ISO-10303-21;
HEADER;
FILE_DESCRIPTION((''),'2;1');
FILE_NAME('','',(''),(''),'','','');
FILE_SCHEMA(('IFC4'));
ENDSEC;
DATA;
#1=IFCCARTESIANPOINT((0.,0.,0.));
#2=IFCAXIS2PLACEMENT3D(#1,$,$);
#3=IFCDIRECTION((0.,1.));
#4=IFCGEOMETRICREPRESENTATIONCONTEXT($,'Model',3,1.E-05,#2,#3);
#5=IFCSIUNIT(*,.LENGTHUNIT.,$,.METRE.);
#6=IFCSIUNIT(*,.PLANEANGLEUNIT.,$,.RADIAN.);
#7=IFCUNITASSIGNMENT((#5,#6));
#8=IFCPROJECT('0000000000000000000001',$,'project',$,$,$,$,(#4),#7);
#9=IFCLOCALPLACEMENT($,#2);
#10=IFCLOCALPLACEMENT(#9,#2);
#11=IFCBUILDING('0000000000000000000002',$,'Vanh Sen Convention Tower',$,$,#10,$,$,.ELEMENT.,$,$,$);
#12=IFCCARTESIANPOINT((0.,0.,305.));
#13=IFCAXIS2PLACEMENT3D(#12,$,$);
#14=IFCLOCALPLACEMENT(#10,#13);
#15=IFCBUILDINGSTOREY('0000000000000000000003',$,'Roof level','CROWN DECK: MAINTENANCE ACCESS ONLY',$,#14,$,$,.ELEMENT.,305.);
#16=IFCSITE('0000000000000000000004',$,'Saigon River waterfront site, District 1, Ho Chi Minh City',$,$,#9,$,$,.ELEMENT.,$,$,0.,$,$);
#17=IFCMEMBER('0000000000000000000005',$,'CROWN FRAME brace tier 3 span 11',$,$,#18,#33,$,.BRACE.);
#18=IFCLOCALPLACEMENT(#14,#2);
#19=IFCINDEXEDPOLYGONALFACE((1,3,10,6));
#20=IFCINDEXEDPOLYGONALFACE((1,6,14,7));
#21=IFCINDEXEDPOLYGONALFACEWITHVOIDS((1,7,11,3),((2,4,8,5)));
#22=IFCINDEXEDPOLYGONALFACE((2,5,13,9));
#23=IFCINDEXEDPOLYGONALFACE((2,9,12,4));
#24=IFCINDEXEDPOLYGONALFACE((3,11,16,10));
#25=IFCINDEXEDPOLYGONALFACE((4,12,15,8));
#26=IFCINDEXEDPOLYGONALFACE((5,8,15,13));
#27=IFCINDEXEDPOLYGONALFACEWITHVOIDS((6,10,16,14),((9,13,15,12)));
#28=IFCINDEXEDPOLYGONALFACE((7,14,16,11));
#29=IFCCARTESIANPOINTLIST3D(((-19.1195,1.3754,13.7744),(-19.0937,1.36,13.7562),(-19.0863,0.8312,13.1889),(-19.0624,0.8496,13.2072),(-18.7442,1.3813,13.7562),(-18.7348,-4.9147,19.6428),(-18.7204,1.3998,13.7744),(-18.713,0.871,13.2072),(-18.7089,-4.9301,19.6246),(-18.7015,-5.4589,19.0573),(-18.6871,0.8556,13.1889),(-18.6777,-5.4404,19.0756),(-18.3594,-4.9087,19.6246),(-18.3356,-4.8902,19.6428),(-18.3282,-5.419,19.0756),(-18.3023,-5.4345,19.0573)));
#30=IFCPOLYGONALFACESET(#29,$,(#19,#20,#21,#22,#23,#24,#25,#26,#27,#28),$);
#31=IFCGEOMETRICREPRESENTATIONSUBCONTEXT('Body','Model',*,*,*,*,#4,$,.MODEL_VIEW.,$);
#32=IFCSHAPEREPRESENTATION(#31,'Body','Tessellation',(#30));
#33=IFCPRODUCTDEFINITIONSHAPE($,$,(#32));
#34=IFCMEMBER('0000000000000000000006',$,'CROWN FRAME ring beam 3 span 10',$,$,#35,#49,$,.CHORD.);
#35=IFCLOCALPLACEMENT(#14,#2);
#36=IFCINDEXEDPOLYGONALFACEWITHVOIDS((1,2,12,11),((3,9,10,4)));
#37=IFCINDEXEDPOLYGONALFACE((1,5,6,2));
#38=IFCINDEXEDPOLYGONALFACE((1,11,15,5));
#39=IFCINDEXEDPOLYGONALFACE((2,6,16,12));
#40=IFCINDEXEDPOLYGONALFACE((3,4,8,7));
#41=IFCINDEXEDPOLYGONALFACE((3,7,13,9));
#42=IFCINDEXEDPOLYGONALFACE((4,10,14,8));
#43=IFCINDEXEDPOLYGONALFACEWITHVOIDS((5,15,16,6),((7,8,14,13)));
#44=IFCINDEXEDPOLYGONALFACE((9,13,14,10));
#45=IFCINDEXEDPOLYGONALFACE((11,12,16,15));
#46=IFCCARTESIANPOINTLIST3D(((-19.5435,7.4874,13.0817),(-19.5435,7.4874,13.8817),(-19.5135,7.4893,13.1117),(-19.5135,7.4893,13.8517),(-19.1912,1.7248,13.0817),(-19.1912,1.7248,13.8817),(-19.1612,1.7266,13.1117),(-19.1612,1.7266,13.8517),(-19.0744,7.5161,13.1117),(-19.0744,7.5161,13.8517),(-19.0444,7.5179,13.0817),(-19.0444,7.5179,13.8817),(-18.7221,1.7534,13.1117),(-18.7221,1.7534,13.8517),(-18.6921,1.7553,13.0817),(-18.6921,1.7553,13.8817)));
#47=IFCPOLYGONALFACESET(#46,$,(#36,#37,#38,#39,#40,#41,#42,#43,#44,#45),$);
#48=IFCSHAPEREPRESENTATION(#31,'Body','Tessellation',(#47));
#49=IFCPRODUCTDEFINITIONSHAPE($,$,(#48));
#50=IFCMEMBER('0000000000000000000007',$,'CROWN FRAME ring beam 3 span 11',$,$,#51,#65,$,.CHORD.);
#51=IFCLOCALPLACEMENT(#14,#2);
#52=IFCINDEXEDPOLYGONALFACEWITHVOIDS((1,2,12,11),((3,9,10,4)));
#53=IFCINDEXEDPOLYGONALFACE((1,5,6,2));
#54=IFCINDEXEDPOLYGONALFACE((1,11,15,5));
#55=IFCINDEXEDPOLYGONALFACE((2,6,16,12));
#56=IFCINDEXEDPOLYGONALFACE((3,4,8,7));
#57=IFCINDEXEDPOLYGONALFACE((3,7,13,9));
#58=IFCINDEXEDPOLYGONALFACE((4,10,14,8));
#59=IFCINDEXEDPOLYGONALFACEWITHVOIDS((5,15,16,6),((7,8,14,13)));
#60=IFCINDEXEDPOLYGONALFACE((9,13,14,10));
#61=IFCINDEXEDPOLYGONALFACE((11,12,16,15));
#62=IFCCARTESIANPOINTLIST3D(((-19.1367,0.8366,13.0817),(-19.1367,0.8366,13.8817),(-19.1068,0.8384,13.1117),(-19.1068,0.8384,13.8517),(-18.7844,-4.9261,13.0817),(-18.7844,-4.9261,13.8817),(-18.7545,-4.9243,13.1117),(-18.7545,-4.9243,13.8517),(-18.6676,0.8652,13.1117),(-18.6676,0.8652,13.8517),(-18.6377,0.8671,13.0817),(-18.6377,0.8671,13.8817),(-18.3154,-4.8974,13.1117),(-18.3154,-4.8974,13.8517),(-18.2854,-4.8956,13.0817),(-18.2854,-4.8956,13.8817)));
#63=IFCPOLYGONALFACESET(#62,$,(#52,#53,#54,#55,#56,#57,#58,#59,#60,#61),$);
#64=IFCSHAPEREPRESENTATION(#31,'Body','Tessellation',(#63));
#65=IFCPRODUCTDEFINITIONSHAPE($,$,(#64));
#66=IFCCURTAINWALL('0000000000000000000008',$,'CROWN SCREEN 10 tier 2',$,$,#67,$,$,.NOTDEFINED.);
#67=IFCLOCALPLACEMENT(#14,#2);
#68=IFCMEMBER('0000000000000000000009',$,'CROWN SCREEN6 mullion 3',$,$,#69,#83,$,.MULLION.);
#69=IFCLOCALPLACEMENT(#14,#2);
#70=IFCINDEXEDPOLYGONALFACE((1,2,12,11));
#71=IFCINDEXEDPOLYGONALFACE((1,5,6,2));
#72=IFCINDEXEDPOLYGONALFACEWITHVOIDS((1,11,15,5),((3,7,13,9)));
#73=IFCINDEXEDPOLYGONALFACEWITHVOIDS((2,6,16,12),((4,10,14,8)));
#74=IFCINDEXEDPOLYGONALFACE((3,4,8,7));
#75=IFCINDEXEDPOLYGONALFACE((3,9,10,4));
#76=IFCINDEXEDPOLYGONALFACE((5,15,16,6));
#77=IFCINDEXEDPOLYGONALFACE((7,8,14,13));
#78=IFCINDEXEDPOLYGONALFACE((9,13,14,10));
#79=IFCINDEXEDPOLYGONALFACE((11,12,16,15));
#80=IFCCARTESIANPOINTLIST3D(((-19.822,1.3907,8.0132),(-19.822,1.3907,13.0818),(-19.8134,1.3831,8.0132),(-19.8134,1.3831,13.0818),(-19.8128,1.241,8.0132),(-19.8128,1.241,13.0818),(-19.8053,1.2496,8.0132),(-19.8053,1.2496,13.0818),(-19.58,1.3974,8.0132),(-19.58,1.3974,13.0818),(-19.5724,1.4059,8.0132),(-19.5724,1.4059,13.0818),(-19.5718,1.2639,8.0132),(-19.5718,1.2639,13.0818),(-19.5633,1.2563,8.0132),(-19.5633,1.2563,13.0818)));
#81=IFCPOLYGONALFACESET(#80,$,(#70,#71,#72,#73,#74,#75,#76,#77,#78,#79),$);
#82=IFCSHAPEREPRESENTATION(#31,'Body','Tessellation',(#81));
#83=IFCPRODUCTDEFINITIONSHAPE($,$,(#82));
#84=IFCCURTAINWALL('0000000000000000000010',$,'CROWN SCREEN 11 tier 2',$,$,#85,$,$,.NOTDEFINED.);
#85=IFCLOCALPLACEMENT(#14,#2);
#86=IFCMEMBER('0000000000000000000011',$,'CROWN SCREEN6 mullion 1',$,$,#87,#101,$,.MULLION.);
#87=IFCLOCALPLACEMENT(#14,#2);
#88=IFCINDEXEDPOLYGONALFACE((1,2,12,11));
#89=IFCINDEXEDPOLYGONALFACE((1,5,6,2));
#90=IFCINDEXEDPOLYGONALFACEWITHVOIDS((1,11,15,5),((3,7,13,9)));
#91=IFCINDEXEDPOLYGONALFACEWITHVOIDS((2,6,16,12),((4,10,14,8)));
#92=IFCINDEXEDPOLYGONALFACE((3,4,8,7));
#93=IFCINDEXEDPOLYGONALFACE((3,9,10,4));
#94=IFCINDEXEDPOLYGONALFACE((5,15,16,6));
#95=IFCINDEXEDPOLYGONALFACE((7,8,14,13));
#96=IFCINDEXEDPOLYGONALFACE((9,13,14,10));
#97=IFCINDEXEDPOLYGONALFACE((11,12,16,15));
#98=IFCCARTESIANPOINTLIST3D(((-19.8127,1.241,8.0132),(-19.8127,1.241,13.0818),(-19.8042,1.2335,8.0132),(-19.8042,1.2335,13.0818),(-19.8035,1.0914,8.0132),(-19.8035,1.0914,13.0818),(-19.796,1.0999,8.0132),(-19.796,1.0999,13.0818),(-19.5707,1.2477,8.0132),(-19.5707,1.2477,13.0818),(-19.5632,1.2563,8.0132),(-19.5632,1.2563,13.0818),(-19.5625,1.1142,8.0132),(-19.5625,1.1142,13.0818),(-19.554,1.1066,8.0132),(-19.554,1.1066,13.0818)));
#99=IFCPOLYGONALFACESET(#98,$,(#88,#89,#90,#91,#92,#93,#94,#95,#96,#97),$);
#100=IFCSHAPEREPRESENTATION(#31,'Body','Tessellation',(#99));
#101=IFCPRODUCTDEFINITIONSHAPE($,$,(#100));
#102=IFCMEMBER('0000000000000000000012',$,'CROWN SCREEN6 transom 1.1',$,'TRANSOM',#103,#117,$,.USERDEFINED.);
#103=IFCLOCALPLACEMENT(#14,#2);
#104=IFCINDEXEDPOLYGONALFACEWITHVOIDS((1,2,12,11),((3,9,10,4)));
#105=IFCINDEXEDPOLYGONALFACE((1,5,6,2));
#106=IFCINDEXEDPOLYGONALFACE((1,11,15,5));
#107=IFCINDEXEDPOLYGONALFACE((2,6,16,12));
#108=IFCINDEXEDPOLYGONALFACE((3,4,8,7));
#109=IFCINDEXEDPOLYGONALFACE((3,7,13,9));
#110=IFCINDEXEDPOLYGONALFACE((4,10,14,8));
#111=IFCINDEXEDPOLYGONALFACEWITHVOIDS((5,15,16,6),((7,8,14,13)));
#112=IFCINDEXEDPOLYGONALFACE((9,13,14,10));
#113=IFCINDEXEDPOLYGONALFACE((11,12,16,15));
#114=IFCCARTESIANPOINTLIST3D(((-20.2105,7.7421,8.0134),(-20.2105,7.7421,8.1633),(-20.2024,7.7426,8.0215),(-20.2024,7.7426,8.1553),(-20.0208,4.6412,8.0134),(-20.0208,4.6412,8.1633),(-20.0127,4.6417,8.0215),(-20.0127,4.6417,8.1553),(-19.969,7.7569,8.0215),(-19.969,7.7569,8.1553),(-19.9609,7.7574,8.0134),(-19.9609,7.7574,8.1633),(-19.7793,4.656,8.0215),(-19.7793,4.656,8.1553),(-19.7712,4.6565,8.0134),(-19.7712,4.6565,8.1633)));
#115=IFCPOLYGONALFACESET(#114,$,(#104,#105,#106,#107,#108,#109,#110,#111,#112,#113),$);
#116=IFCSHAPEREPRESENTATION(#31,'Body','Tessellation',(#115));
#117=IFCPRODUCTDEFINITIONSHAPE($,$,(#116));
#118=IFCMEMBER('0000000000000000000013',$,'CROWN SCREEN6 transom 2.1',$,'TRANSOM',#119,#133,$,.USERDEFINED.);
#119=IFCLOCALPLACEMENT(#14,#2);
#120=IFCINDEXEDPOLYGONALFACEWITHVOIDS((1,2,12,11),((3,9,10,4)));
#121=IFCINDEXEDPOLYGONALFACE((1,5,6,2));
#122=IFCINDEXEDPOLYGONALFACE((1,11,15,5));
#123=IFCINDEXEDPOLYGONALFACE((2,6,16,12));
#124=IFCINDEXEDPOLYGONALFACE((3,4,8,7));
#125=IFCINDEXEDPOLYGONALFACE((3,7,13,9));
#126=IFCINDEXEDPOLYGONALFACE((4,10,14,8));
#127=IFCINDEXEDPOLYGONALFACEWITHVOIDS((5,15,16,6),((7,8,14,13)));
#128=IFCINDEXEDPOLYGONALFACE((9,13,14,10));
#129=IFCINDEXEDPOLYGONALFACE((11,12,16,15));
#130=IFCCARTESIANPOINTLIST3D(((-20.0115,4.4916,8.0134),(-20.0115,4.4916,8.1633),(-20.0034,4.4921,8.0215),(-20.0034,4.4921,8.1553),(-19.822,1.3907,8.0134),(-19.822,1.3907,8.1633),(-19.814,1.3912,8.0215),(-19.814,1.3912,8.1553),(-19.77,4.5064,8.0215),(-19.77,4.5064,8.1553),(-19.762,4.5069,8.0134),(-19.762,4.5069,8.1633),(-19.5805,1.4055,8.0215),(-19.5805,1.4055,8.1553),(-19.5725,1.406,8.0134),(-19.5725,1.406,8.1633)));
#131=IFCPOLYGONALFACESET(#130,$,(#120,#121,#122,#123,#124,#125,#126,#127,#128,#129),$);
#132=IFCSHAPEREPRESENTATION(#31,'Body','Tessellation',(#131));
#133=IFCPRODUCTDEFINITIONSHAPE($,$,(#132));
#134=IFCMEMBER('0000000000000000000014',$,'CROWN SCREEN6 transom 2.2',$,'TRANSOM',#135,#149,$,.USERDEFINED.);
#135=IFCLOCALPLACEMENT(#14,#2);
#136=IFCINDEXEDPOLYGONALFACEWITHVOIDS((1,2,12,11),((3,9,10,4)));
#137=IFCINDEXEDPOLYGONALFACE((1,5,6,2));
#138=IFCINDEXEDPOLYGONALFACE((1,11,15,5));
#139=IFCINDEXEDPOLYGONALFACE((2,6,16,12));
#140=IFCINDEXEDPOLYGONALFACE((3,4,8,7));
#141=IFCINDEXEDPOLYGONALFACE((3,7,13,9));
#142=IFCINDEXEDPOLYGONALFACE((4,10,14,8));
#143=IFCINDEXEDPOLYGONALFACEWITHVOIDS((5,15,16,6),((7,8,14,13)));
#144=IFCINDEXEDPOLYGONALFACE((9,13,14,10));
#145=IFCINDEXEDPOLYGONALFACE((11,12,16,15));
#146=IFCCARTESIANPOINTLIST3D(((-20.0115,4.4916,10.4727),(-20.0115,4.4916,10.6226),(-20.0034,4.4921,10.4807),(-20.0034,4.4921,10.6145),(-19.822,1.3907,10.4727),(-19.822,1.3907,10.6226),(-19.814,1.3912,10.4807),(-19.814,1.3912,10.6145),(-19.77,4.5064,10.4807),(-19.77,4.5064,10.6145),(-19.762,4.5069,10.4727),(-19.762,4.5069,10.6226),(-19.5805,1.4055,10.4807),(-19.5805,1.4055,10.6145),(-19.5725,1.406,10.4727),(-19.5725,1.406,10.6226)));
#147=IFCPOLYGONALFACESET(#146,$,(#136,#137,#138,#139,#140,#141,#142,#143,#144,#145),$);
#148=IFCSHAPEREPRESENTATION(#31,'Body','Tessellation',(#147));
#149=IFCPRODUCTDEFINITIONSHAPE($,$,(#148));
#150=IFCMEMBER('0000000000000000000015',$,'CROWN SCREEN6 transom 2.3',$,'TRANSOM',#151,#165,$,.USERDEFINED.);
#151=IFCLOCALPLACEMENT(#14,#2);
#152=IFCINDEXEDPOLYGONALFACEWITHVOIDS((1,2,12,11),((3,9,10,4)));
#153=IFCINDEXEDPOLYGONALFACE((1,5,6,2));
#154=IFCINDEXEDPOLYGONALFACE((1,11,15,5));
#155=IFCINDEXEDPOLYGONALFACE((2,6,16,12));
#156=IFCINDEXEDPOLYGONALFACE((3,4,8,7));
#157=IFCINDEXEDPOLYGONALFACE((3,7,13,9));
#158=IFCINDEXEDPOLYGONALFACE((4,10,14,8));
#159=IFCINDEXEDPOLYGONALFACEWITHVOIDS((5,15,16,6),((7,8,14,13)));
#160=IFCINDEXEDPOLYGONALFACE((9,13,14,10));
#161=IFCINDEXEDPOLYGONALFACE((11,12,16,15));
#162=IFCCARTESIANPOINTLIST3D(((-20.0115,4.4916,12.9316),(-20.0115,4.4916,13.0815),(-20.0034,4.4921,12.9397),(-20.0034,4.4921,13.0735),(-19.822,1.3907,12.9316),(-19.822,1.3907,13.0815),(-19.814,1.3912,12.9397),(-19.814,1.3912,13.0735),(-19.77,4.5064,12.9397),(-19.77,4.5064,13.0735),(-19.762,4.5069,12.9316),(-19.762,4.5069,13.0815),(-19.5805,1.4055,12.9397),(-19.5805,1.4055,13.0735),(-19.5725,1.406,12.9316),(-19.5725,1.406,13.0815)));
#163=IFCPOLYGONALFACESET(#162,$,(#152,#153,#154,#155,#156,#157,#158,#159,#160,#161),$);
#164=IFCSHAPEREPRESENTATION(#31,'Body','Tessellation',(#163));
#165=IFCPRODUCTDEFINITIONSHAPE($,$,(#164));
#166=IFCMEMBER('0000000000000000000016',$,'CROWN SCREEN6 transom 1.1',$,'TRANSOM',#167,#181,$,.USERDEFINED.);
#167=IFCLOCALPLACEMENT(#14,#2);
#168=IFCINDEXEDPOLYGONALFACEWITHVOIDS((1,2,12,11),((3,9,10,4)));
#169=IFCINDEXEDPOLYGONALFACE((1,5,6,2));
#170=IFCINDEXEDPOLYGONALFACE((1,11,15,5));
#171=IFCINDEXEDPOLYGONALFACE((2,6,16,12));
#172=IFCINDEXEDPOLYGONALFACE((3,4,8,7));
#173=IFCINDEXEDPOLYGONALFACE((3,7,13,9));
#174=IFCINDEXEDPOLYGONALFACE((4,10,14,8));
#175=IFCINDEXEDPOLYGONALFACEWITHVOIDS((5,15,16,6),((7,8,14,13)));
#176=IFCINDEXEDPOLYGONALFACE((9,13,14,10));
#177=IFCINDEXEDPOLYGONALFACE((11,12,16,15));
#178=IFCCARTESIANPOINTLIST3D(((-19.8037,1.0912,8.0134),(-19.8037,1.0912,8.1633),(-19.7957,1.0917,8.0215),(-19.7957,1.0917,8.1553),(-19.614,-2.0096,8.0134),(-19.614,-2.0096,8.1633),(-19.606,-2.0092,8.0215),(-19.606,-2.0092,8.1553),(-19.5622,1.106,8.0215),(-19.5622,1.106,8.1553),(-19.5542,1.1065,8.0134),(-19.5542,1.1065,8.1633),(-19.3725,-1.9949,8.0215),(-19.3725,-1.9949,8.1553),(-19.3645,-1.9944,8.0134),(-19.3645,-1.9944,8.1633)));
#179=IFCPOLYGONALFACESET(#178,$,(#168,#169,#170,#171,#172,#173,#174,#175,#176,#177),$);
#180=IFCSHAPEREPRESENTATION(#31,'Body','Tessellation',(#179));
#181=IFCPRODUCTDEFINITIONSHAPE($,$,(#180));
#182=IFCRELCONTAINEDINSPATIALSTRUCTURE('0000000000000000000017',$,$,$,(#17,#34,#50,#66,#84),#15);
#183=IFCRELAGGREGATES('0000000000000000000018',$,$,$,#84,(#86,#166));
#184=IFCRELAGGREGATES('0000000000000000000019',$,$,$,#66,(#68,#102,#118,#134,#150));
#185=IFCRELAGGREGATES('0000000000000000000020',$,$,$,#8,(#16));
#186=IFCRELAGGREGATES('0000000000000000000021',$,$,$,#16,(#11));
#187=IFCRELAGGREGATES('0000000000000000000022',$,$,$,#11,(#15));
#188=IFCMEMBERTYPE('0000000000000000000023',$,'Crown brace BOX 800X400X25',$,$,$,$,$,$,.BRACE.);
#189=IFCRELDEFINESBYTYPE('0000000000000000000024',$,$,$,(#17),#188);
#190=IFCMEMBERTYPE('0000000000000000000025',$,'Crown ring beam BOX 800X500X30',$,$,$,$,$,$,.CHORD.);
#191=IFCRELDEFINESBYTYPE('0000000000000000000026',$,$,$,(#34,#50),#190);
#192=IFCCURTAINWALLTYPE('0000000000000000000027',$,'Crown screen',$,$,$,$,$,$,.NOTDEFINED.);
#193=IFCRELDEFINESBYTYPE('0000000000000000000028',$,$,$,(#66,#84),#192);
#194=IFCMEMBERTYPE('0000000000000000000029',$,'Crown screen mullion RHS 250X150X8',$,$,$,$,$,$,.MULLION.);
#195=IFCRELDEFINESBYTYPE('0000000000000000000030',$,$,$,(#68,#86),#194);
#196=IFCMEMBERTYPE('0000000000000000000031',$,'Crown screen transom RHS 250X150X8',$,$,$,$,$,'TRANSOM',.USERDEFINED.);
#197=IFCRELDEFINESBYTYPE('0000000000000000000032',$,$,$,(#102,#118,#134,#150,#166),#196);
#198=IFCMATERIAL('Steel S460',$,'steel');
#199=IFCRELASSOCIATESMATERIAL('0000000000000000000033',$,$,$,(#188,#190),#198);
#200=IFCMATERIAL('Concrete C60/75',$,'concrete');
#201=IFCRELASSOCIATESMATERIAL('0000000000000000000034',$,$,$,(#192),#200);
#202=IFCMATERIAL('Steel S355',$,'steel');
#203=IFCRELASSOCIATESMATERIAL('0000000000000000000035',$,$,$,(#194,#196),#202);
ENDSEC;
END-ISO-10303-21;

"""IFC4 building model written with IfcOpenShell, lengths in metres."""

from ifc_helpers import new_model, si_unit, direction, frame, origin, origin_2d, place, context, subcontext, project, spatial, hollow_rectangle, extrude, material, material_profile, profile_set, type_object, element, aggregate, save


model = new_model("IFC4")

# Units and contexts
model_context = context("Model", 3, precision=1e-05, world=origin(), true_north=direction((0.0, 1.0)))
body_context = subcontext(model_context, "Body", "Model", "MODEL_VIEW")
ifc_project = project(units=[si_unit("LENGTHUNIT", "METRE"), si_unit("PLANEANGLEUNIT", "RADIAN")], contexts=[model_context])

# Site, building, storey
site_placement = place(None, origin())
site = spatial("IfcSite", under=ifc_project, at=site_placement, Name="Saigon River waterfront site, District 1, Ho Chi Minh City", CompositionType="ELEMENT", RefElevation=0.0)
building_placement = place(site_placement, origin())
building = spatial("IfcBuilding", under=site, at=building_placement, Name="Vanh Sen Convention Tower", CompositionType="ELEMENT")
storey_placement = place(building_placement, frame((0.0, 0.0, 305.0)))
storey = spatial("IfcBuildingStorey", under=building, at=storey_placement, Name="Roof level", Description="CROWN DECK: MAINTENANCE ACCESS ONLY", CompositionType="ELEMENT", Elevation=305.0)

# Members
ifc_material_1 = material(Name="Steel S460", Category="steel")
ifc_material_profile_1 = material_profile(ifc_material_1, hollow_rectangle(XDim=0.3999, YDim=0.8, WallThickness=0.0249, at=origin_2d()), Name="BOX 800X400X25")
ifc_profile_set_1 = profile_set([ifc_material_profile_1], Name="Steel S460")
member_type_1 = type_object("IfcMemberType", Name="Crown brace BOX 800X400X25", PredefinedType="BRACE", material=ifc_profile_set_1)
member_1_placement = place(storey_placement, frame((-18.9033, 1.1155, 13.4817), z_axis=(0.044683, -0.730458, 0.681494), x_axis=(0.998134, 0.061057, 0.0)))
element("IfcMember", 1, at=member_1_placement, inside=storey, type_object=member_type_1, Name="CROWN FRAME brace tier 3 span 11", PredefinedType="BRACE", context=body_context, shape_type="SweptSolid", body=[
    extrude(hollow_rectangle(XDim=0.3999, YDim=0.8, WallThickness=0.0249, at=origin_2d()), origin(), (0.0, 0.0, 1.0), 8.6111),
])
ifc_material_profile_2 = material_profile(ifc_material_1, hollow_rectangle(XDim=0.5, YDim=0.8, WallThickness=0.03, at=origin_2d()), Name="BOX 800X500X30")
ifc_profile_set_2 = profile_set([ifc_material_profile_2], Name="Steel S460")
member_type_2 = type_object("IfcMemberType", Name="Crown ring beam BOX 800X500X30", PredefinedType="CHORD", material=ifc_profile_set_2)
for number, where, z_axis, x_axis, name in (
    (2, (-19.2939, 7.5027, 13.4817), (0.06102, -0.998137, 0.0), (0.998137, 0.06102, 0.0), "CROWN FRAME ring beam 3 span 10"),
    (3, (-18.8872, 0.8518, 13.4817), (0.06102, -0.998137, 0.0), (0.998137, 0.06102, 0.0), "CROWN FRAME ring beam 3 span 11"),
):
    element("IfcMember", number, at=place(storey_placement, frame(where, z_axis=z_axis, x_axis=x_axis)), inside=storey, type_object=member_type_2, Name=name, PredefinedType="CHORD", context=body_context, shape_type="SweptSolid", body=[
        extrude(hollow_rectangle(XDim=0.5, YDim=0.8, WallThickness=0.03, at=origin_2d()), origin(), (0.0, 0.0, 1.0), 5.7734),
    ])

# Curtain walls, members
ifc_material_2 = material(Name="Concrete C60/75", Category="concrete")
curtain_wall_type = type_object("IfcCurtainWallType", Name="Crown screen", PredefinedType="NOTDEFINED", material=ifc_material_2)
curtain_wall_1_placement = place(storey_placement, origin())
curtain_wall_1 = element("IfcCurtainWall", 4, at=curtain_wall_1_placement, inside=storey, type_object=curtain_wall_type, Name="CROWN SCREEN 10 tier 2", PredefinedType="NOTDEFINED")
ifc_material_3 = material(Name="Steel S355", Category="steel")
ifc_material_profile_3 = material_profile(ifc_material_3, hollow_rectangle(XDim=0.25, YDim=0.1499, WallThickness=0.0081, at=origin_2d()), Name="RHS 250X150X8")
ifc_profile_set_3 = profile_set([ifc_material_profile_3], Name="Steel S355")
member_type_3 = type_object("IfcMemberType", Name="Crown screen mullion RHS 250X150X8", PredefinedType="MULLION", material=ifc_profile_set_3)
member_2_placement = place(storey_placement, frame((-19.6926, 1.3235, 8.0132), z_axis=(0.0, 0.0, 1.0), x_axis=(0.998135, 0.061051, 0.0)))
member_2 = element("IfcMember", 5, at=member_2_placement, type_object=member_type_3, Name="CROWN SCREEN6 mullion 3", PredefinedType="MULLION", context=body_context, shape_type="SweptSolid", body=[
    extrude(hollow_rectangle(XDim=0.25, YDim=0.1499, WallThickness=0.0081, at=origin_2d()), origin(), (0.0, 0.0, 1.0), 5.0686),
])
curtain_wall_2_placement = place(storey_placement, origin())
curtain_wall_2 = element("IfcCurtainWall", 6, at=curtain_wall_2_placement, inside=storey, type_object=curtain_wall_type, Name="CROWN SCREEN 11 tier 2", PredefinedType="NOTDEFINED")
member_3_placement = place(storey_placement, frame((-19.6833, 1.1738, 8.0132), z_axis=(0.0, 0.0, 1.0), x_axis=(0.998135, 0.061051, 0.0)))
member_3 = element("IfcMember", 7, at=member_3_placement, type_object=member_type_3, Name="CROWN SCREEN6 mullion 1", PredefinedType="MULLION", context=body_context, shape_type="SweptSolid", body=[
    extrude(hollow_rectangle(XDim=0.25, YDim=0.1499, WallThickness=0.0081, at=origin_2d()), origin(), (0.0, 0.0, 1.0), 5.0686),
])

# Members
ifc_material_profile_4 = material_profile(ifc_material_3, hollow_rectangle(XDim=0.25, YDim=0.1499, WallThickness=0.0081, at=origin_2d()), Name="RHS 250X150X8")
ifc_profile_set_4 = profile_set([ifc_material_profile_4], Name="Steel S355")
member_type_4 = type_object("IfcMemberType", Name="Crown screen transom RHS 250X150X8", ElementType="TRANSOM", PredefinedType="USERDEFINED", material=ifc_profile_set_4)
member_4_placement = place(storey_placement, frame((-20.0857, 7.7498, 8.0884), z_axis=(0.061062, -0.998134, 0.0), x_axis=(0.998134, 0.061062, 0.0)))
member_4 = element("IfcMember", 8, at=member_4_placement, type_object=member_type_4, Name="CROWN SCREEN6 transom 1.1", ObjectType="TRANSOM", PredefinedType="USERDEFINED", context=body_context, shape_type="SweptSolid", body=[
    extrude(hollow_rectangle(XDim=0.25, YDim=0.1499, WallThickness=0.0081, at=origin_2d()), origin(), (0.0, 0.0, 1.0), 3.1067),
])
member_5_placement = place(storey_placement, frame((-19.8867, 4.4993, 8.0884), z_axis=(0.060984, -0.998139, 0.0), x_axis=(0.998139, 0.060984, 0.0)))
member_5 = element("IfcMember", 9, at=member_5_placement, type_object=member_type_4, Name="CROWN SCREEN6 transom 2.1", ObjectType="TRANSOM", PredefinedType="USERDEFINED", context=body_context, shape_type="SweptSolid", body=[
    extrude(hollow_rectangle(XDim=0.25, YDim=0.1499, WallThickness=0.0081, at=origin_2d()), origin(), (0.0, 0.0, 1.0), 3.1067),
])
member_6_placement = place(storey_placement, frame((-19.8867, 4.4993, 10.5476), z_axis=(0.060984, -0.998139, 0.0), x_axis=(0.998139, 0.060984, 0.0)))
member_6 = element("IfcMember", 10, at=member_6_placement, type_object=member_type_4, Name="CROWN SCREEN6 transom 2.2", ObjectType="TRANSOM", PredefinedType="USERDEFINED", context=body_context, shape_type="SweptSolid", body=[
    extrude(hollow_rectangle(XDim=0.25, YDim=0.1499, WallThickness=0.0081, at=origin_2d()), origin(), (0.0, 0.0, 1.0), 3.1067),
])
member_7_placement = place(storey_placement, frame((-19.8867, 4.4993, 13.0066), z_axis=(0.060984, -0.998139, 0.0), x_axis=(0.998139, 0.060984, 0.0)))
member_7 = element("IfcMember", 11, at=member_7_placement, type_object=member_type_4, Name="CROWN SCREEN6 transom 2.3", ObjectType="TRANSOM", PredefinedType="USERDEFINED", context=body_context, shape_type="SweptSolid", body=[
    extrude(hollow_rectangle(XDim=0.25, YDim=0.1499, WallThickness=0.0081, at=origin_2d()), origin(), (0.0, 0.0, 1.0), 3.1067),
])
member_8_placement = place(storey_placement, frame((-19.679, 1.0989, 8.0884), z_axis=(0.061062, -0.998134, 0.0), x_axis=(0.998134, 0.061062, 0.0)))
member_8 = element("IfcMember", 12, at=member_8_placement, type_object=member_type_4, Name="CROWN SCREEN6 transom 1.1", ObjectType="TRANSOM", PredefinedType="USERDEFINED", context=body_context, shape_type="SweptSolid", body=[
    extrude(hollow_rectangle(XDim=0.25, YDim=0.1499, WallThickness=0.0081, at=origin_2d()), origin(), (0.0, 0.0, 1.0), 3.1067),
])
aggregate(curtain_wall_2, [member_3, member_8])

aggregate(curtain_wall_1, [member_2, member_4, member_5, member_6, member_7])

save(model, "model.ifc")
